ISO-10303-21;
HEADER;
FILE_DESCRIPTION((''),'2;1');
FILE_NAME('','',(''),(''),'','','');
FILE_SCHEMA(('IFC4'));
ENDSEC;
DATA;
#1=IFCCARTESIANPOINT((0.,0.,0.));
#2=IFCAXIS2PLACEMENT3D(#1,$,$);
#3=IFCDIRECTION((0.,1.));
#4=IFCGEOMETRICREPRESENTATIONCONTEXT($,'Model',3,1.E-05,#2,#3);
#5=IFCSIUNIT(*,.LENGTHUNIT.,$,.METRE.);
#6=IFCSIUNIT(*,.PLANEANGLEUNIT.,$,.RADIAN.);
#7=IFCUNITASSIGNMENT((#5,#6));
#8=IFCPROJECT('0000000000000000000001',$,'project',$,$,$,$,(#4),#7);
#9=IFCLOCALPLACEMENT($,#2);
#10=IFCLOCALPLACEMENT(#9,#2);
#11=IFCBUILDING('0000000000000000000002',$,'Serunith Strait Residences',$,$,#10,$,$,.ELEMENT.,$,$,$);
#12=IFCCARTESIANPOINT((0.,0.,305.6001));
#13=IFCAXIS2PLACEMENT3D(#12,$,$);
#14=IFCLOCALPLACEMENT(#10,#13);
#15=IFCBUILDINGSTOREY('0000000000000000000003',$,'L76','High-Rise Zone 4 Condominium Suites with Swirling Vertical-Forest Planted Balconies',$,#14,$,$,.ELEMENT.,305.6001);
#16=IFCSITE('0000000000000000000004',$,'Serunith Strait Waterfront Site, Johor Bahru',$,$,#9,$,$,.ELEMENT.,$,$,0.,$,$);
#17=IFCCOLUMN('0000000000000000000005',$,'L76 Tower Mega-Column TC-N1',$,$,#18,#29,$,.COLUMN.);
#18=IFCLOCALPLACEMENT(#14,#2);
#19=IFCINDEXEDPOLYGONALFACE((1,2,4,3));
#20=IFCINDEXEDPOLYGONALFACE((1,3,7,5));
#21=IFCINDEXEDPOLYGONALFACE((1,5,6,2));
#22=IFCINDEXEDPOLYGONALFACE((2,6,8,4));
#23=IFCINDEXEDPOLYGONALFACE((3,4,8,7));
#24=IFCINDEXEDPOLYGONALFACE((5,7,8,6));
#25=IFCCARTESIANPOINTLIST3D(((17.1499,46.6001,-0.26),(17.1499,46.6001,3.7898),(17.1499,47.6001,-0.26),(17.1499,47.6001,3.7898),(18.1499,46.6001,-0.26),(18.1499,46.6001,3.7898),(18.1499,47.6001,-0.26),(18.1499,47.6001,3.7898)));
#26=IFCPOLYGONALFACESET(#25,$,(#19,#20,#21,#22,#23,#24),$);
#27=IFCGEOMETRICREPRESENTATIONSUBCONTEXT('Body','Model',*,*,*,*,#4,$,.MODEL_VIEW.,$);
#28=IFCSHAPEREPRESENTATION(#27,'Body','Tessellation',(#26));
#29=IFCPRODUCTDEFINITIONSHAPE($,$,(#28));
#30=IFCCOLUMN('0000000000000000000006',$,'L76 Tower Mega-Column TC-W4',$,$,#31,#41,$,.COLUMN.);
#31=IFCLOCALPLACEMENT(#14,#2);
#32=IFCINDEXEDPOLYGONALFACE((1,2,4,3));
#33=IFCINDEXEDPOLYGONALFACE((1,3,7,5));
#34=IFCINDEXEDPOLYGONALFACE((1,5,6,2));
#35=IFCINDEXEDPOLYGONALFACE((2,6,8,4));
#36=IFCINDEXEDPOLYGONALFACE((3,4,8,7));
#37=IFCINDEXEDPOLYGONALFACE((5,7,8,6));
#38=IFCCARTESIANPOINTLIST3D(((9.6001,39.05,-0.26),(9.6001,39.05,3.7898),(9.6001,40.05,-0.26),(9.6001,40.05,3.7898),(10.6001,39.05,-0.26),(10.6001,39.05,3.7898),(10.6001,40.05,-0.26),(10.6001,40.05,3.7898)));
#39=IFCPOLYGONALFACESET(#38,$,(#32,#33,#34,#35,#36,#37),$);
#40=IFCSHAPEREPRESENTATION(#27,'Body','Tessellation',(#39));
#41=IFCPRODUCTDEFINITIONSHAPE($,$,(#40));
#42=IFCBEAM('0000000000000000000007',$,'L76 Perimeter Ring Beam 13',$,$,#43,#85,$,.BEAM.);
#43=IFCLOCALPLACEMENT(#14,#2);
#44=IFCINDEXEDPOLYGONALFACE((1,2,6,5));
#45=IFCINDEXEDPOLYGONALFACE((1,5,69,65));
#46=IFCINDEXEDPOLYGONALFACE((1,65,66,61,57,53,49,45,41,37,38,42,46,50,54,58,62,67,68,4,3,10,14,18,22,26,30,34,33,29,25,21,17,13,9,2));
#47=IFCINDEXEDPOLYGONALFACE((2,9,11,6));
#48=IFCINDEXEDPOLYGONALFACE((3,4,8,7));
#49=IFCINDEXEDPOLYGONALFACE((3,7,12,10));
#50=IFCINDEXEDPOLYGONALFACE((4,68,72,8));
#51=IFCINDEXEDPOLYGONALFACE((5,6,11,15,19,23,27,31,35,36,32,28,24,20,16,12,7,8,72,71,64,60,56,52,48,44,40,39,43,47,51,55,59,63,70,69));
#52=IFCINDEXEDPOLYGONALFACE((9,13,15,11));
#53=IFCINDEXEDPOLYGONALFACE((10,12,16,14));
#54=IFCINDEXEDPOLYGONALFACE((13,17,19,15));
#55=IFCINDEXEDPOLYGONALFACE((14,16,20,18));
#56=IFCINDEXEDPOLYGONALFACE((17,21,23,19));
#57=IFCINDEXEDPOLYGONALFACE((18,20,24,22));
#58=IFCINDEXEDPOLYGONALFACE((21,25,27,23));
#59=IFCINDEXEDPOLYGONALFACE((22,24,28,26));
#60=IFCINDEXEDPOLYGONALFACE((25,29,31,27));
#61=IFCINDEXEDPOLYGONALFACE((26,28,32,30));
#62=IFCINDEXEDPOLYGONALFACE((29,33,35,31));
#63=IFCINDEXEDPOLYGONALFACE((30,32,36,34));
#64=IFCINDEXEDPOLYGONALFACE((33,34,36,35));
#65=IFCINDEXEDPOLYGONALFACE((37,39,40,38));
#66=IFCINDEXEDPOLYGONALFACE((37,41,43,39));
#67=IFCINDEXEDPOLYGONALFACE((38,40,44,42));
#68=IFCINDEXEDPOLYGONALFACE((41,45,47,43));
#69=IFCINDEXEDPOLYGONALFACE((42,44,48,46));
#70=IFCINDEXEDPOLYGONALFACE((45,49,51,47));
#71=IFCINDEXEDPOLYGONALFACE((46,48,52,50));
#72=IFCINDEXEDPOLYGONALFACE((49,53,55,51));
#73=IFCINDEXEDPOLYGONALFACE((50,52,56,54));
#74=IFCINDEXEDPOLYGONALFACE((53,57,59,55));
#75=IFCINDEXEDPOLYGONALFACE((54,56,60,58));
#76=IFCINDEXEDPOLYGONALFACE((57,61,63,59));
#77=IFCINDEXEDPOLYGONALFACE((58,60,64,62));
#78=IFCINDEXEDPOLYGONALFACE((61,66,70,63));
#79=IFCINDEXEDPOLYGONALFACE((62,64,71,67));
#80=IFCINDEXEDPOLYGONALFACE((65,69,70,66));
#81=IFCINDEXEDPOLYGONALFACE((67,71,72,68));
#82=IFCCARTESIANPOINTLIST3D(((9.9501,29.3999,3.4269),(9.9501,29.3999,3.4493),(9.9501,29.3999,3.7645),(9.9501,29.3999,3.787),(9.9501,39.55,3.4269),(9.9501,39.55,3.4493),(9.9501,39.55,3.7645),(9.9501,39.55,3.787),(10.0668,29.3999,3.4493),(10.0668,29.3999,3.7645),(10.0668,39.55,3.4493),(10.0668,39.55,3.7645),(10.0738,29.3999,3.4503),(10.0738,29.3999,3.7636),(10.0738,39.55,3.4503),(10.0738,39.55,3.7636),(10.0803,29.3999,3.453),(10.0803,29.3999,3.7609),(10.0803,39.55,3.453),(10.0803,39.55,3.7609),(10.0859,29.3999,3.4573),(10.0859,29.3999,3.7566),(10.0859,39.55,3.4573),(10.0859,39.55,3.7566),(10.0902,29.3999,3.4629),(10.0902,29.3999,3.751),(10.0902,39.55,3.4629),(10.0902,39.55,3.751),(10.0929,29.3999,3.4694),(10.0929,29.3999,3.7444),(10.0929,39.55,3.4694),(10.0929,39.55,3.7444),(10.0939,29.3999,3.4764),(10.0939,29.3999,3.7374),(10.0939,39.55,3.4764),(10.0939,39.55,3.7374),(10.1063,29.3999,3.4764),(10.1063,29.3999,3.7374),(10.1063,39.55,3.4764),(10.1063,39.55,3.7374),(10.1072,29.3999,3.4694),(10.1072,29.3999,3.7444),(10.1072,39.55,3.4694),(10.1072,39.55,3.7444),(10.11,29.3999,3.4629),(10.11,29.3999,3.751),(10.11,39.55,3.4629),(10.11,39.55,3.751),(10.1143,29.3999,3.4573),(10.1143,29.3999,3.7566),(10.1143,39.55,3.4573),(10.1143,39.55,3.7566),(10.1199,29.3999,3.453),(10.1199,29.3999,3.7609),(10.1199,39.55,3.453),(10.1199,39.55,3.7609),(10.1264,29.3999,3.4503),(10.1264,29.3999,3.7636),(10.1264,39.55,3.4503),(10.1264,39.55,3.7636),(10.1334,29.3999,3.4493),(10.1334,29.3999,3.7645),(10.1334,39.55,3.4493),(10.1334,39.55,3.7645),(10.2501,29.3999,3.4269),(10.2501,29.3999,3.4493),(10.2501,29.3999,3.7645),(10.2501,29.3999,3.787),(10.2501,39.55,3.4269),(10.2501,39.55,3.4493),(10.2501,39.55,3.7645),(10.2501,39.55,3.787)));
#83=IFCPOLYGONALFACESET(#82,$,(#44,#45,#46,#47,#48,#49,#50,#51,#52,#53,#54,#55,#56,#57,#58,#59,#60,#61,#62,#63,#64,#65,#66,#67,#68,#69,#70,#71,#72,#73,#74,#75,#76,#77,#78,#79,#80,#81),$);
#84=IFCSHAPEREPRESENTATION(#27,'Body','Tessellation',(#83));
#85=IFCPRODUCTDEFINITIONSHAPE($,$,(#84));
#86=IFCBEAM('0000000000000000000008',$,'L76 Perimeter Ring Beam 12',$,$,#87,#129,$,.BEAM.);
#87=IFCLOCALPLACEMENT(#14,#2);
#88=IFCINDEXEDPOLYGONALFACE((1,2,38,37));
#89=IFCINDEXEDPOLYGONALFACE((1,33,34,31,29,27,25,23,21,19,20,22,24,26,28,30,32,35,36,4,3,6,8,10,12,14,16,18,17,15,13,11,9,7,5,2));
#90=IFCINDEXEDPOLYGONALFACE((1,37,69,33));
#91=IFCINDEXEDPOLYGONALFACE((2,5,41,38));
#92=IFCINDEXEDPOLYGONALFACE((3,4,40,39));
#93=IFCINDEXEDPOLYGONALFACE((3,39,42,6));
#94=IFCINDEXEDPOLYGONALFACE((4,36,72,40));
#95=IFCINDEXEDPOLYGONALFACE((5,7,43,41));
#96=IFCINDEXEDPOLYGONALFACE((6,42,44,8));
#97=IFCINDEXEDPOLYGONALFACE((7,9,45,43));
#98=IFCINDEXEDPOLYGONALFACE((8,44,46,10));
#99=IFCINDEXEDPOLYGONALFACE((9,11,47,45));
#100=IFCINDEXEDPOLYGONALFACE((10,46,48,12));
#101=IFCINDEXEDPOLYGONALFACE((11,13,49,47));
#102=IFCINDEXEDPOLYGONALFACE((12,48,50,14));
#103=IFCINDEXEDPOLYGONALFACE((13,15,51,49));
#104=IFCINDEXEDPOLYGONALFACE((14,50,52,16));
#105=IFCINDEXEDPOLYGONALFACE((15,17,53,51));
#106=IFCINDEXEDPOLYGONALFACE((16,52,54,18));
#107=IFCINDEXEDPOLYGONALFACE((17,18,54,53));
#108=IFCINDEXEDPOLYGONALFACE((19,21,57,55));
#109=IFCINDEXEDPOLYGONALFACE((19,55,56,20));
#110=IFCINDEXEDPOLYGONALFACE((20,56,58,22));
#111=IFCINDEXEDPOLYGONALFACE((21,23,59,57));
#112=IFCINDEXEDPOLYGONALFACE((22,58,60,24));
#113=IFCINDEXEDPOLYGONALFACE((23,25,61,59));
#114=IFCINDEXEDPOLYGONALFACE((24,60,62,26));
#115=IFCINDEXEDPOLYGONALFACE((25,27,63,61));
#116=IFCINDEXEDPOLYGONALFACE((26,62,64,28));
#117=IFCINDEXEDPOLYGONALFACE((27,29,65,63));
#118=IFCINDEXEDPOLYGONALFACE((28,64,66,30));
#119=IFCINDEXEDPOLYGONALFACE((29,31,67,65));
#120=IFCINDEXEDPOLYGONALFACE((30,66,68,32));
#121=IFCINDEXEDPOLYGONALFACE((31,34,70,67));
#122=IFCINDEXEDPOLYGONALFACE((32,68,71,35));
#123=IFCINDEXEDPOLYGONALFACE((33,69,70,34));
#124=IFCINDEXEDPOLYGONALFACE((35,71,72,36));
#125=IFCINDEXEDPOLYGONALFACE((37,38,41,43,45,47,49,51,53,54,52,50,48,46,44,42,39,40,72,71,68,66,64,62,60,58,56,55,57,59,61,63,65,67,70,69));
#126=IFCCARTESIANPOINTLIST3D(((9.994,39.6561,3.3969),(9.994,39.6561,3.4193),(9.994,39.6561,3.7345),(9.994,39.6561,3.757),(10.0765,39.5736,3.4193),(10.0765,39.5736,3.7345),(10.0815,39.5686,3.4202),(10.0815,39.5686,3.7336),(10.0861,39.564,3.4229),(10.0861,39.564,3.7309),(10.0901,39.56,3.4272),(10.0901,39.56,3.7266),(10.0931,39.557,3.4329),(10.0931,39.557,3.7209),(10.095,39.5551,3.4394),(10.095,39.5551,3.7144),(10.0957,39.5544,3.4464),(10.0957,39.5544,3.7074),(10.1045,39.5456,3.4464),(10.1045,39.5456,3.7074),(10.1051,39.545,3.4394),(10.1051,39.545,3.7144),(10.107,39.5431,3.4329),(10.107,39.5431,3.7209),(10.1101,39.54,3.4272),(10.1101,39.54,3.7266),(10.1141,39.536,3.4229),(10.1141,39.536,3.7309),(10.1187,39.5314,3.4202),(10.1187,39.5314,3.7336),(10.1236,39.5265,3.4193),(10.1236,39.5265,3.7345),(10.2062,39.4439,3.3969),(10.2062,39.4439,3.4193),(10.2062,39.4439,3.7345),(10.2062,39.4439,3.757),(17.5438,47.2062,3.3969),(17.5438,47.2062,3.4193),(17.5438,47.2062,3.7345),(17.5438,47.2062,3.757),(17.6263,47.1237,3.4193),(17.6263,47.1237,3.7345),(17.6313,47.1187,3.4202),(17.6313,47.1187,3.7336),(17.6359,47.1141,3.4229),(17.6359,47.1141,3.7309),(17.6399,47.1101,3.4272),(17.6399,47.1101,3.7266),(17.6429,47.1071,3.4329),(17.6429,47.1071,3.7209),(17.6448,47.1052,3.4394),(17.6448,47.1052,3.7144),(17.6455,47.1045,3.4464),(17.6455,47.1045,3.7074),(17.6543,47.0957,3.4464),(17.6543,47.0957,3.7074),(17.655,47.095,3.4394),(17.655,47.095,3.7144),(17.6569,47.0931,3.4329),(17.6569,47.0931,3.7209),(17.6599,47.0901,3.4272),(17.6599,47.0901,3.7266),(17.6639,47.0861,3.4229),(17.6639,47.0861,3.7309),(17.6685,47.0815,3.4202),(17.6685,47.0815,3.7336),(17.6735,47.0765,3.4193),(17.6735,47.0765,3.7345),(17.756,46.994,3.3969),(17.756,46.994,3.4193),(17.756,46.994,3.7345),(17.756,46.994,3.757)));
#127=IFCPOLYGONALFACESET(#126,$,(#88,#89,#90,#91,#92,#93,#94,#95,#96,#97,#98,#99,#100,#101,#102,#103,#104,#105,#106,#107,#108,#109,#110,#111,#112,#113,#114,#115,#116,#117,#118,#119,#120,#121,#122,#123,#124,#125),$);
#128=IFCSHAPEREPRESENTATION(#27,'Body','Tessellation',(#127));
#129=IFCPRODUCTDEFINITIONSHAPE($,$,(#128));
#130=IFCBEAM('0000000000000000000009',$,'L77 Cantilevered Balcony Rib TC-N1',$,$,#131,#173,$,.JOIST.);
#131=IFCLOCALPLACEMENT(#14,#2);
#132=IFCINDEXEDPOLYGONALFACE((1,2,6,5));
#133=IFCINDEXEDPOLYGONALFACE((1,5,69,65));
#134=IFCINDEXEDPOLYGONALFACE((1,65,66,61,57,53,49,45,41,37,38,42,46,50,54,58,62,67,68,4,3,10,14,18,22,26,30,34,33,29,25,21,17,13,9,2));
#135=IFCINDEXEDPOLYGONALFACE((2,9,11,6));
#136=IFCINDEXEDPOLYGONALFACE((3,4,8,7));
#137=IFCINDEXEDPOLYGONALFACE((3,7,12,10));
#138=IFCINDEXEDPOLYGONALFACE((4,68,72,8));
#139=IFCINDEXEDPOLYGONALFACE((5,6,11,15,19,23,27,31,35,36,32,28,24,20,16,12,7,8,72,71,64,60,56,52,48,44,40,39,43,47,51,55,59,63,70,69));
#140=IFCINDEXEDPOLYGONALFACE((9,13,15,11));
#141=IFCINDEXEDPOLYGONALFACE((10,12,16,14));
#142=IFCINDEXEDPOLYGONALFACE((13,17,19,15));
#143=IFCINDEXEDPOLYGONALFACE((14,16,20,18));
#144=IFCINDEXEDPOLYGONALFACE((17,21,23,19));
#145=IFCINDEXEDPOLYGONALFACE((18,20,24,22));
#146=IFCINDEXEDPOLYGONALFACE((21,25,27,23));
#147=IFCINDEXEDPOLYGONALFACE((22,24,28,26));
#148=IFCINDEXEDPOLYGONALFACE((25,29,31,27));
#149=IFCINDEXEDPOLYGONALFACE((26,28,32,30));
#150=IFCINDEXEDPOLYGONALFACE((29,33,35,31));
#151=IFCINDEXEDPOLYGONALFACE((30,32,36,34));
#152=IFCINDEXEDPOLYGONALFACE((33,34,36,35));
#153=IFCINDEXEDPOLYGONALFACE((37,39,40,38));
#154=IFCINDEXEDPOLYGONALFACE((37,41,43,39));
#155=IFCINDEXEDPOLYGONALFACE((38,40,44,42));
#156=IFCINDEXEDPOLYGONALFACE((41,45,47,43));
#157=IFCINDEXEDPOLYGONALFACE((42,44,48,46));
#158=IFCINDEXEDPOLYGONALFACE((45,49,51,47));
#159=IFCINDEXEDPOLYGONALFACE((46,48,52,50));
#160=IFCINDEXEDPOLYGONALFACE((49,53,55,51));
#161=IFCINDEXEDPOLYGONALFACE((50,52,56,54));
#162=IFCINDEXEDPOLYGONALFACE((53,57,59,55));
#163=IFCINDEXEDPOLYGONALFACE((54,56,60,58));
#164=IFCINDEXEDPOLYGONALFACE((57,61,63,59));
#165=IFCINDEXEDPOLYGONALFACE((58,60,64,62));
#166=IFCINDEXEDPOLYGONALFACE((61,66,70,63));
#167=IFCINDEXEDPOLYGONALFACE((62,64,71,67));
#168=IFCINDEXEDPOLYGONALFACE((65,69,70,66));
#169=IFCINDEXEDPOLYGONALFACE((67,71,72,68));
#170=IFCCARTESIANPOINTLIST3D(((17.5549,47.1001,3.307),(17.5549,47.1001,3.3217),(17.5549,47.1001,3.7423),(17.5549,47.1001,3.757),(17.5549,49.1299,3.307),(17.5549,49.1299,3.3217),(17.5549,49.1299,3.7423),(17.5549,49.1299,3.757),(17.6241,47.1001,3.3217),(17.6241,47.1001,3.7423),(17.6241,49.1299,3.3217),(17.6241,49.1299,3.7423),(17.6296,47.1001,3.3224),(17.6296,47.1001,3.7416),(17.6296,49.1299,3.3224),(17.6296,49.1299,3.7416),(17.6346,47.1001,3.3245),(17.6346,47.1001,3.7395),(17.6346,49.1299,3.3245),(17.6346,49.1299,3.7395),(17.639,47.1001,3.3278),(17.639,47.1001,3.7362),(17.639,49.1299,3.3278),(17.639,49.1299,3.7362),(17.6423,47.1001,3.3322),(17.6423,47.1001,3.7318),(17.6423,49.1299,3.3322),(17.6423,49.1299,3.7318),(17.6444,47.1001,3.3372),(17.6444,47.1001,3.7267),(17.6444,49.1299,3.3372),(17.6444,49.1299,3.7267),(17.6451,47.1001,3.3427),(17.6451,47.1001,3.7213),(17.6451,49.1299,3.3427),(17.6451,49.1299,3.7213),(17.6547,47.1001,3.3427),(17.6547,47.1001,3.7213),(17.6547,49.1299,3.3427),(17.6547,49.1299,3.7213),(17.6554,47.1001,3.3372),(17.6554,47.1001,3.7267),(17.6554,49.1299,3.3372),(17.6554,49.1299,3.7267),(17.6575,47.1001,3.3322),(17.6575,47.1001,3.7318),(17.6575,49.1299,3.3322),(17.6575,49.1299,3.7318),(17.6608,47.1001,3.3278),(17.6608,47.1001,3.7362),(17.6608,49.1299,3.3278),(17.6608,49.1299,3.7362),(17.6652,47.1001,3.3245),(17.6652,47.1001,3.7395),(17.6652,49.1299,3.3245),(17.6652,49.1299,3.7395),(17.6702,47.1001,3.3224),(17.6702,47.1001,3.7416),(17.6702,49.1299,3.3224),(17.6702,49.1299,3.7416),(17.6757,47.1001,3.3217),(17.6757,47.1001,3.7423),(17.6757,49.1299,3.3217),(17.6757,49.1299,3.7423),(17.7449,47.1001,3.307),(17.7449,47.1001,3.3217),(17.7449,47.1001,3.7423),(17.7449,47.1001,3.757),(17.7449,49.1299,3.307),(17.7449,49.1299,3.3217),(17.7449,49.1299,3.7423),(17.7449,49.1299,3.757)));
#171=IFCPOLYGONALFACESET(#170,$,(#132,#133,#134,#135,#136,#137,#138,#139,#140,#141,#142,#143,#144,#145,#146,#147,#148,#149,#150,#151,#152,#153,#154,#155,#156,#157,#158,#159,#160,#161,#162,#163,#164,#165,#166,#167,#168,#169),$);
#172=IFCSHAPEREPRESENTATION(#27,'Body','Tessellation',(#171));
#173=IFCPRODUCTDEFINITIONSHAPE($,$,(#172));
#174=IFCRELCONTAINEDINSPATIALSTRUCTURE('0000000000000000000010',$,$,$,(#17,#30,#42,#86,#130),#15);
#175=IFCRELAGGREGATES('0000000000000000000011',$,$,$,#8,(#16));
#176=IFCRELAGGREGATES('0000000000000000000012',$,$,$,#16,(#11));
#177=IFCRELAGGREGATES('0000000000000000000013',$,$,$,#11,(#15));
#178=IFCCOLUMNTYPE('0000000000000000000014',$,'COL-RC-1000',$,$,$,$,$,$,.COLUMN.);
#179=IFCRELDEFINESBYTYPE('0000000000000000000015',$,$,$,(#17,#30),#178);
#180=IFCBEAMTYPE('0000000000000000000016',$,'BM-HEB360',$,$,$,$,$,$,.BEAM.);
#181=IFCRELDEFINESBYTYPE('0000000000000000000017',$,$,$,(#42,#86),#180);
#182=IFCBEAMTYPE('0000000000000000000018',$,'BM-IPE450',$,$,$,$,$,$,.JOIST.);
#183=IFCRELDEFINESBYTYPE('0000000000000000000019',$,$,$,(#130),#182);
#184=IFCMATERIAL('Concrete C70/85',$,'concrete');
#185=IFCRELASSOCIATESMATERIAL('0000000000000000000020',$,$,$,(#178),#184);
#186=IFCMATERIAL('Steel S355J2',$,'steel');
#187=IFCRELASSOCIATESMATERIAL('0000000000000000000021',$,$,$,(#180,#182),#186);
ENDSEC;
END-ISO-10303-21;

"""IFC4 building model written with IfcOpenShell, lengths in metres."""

from ifc_helpers import new_model, si_unit, direction, frame, origin, origin_2d, place, context, subcontext, project, spatial, rectangle, i_section, extrude, source, transform, mapped, material, material_profile, profile_set, type_object, element, save


model = new_model("IFC4")

# Units and contexts
model_context = context("Model", 3, precision=1e-05, world=origin(), true_north=direction((0.0, 1.0)))
body_context = subcontext(model_context, "Body", "Model", "MODEL_VIEW")
ifc_project = project(units=[si_unit("LENGTHUNIT", "METRE"), si_unit("PLANEANGLEUNIT", "RADIAN")], contexts=[model_context])

# Site, building, storey
site_placement = place(None, origin())
site = spatial("IfcSite", under=ifc_project, at=site_placement, Name="Serunith Strait Waterfront Site, Johor Bahru", CompositionType="ELEMENT", RefElevation=0.0)
building_placement = place(site_placement, origin())
building = spatial("IfcBuilding", under=site, at=building_placement, Name="Serunith Strait Residences", CompositionType="ELEMENT")
storey_placement = place(building_placement, frame((0.0, 0.0, 305.6001)))
storey = spatial("IfcBuildingStorey", under=building, at=storey_placement, Name="L76", Description="High-Rise Zone 4 Condominium Suites with Swirling Vertical-Forest Planted Balconies", CompositionType="ELEMENT", Elevation=305.6001)

# Columns
ifc_material_1 = material(Name="Concrete C70/85", Category="concrete")
ifc_material_profile_1 = material_profile(ifc_material_1, rectangle(XDim=1.0, YDim=1.0, at=origin_2d()), Name="RC 1000x1000")
ifc_profile_set_1 = profile_set([ifc_material_profile_1], Name="Concrete C70/85")
column_type = type_object("IfcColumnType", Name="COL-RC-1000", PredefinedType="COLUMN", material=ifc_profile_set_1)
shared_shape_1 = source(origin(), body_context, "Body", "SweptSolid", [
    extrude(rectangle(XDim=1.0, YDim=1.0, at=origin_2d()), origin(), (0.0, 0.0, 1.0), 4.0498),
])
for number, where, z_axis, x_axis, name in (
    (1, (17.6499, 47.1001, -0.26), (0.0, 0.0, 1.0), (1.0, 0.0, 0.0), "L76 Tower Mega-Column TC-N1"),
    (2, (10.1001, 39.55, -0.26), (0.0, 0.0, 1.0), (1.0, 0.0, 0.0), "L76 Tower Mega-Column TC-W4"),
):
    element("IfcColumn", number, at=place(storey_placement, frame(where, z_axis=z_axis, x_axis=x_axis)), inside=storey, type_object=column_type, Name=name, PredefinedType="COLUMN", context=body_context, shape_type="MappedRepresentation", body=[
        mapped(shared_shape_1, transform((0.0, 0.0, 0.0), scale=1.0)),
    ])

# Beams
ifc_material_2 = material(Name="Steel S355J2", Category="steel")
ifc_material_profile_2 = material_profile(ifc_material_2, i_section(OverallWidth=0.3, OverallDepth=0.3601, WebThickness=0.0125, FlangeThickness=0.0225, FilletRadius=0.0271, at=origin_2d()), Name="HEB 360")
ifc_profile_set_2 = profile_set([ifc_material_profile_2], Name="Steel S355J2")
beam_type_1 = type_object("IfcBeamType", Name="BM-HEB360", PredefinedType="BEAM", material=ifc_profile_set_2)
shared_shape_2 = source(origin(), body_context, "Body", "SweptSolid", [
    extrude(i_section(OverallWidth=0.3, OverallDepth=0.3601, WebThickness=0.0125, FlangeThickness=0.0225, FilletRadius=0.0271, at=origin_2d()), origin(), (0.0, 0.0, 1.0), 10.1501),
])
beam_1_placement = place(storey_placement, frame((10.1001, 39.55, 3.6069), z_axis=(0.0, -1.0, 0.0), x_axis=(1.0, 0.0, 0.0)))
element("IfcBeam", 3, at=beam_1_placement, inside=storey, type_object=beam_type_1, Name="L76 Perimeter Ring Beam 13", PredefinedType="BEAM", context=body_context, shape_type="MappedRepresentation", body=[
    mapped(shared_shape_2, transform((0.0, 0.0, 0.0), scale=1.0)),
])
shared_shape_3 = source(origin(), body_context, "Body", "SweptSolid", [
    extrude(i_section(OverallWidth=0.3, OverallDepth=0.3601, WebThickness=0.0125, FlangeThickness=0.0225, FilletRadius=0.0271, at=origin_2d()), origin(), (0.0, 0.0, 1.0), 10.6772),
])
beam_2_placement = place(storey_placement, frame((17.6499, 47.1001, 3.5769), z_axis=(-0.707095, -0.707118, 0.0), x_axis=(0.707118, -0.707095, 0.0)))
element("IfcBeam", 4, at=beam_2_placement, inside=storey, type_object=beam_type_1, Name="L76 Perimeter Ring Beam 12", PredefinedType="BEAM", context=body_context, shape_type="MappedRepresentation", body=[
    mapped(shared_shape_3, transform((0.0, 0.0, 0.0), scale=1.0)),
])
ifc_material_profile_3 = material_profile(ifc_material_2, i_section(OverallWidth=0.1899, OverallDepth=0.45, WebThickness=0.0095, FlangeThickness=0.0146, FilletRadius=0.021, at=origin_2d()), Name="IPE 450")
ifc_profile_set_3 = profile_set([ifc_material_profile_3], Name="Steel S355J2")
beam_type_2 = type_object("IfcBeamType", Name="BM-IPE450", PredefinedType="JOIST", material=ifc_profile_set_3)
shared_shape_4 = source(origin(), body_context, "Body", "SweptSolid", [
    extrude(i_section(OverallWidth=0.1899, OverallDepth=0.45, WebThickness=0.0095, FlangeThickness=0.0146, FilletRadius=0.021, at=origin_2d()), origin(), (0.0, 0.0, 1.0), 2.0298),
])
beam_3_placement = place(storey_placement, frame((17.6499, 47.1001, 3.532), z_axis=(0.0, 1.0, 0.0), x_axis=(-1.0, 0.0, 0.0)))
element("IfcBeam", 5, at=beam_3_placement, inside=storey, type_object=beam_type_2, Name="L77 Cantilevered Balcony Rib TC-N1", PredefinedType="JOIST", context=body_context, shape_type="MappedRepresentation", body=[
    mapped(shared_shape_4, transform((0.0, 0.0, 0.0), scale=1.0)),
])

save(model, "model.ifc")
